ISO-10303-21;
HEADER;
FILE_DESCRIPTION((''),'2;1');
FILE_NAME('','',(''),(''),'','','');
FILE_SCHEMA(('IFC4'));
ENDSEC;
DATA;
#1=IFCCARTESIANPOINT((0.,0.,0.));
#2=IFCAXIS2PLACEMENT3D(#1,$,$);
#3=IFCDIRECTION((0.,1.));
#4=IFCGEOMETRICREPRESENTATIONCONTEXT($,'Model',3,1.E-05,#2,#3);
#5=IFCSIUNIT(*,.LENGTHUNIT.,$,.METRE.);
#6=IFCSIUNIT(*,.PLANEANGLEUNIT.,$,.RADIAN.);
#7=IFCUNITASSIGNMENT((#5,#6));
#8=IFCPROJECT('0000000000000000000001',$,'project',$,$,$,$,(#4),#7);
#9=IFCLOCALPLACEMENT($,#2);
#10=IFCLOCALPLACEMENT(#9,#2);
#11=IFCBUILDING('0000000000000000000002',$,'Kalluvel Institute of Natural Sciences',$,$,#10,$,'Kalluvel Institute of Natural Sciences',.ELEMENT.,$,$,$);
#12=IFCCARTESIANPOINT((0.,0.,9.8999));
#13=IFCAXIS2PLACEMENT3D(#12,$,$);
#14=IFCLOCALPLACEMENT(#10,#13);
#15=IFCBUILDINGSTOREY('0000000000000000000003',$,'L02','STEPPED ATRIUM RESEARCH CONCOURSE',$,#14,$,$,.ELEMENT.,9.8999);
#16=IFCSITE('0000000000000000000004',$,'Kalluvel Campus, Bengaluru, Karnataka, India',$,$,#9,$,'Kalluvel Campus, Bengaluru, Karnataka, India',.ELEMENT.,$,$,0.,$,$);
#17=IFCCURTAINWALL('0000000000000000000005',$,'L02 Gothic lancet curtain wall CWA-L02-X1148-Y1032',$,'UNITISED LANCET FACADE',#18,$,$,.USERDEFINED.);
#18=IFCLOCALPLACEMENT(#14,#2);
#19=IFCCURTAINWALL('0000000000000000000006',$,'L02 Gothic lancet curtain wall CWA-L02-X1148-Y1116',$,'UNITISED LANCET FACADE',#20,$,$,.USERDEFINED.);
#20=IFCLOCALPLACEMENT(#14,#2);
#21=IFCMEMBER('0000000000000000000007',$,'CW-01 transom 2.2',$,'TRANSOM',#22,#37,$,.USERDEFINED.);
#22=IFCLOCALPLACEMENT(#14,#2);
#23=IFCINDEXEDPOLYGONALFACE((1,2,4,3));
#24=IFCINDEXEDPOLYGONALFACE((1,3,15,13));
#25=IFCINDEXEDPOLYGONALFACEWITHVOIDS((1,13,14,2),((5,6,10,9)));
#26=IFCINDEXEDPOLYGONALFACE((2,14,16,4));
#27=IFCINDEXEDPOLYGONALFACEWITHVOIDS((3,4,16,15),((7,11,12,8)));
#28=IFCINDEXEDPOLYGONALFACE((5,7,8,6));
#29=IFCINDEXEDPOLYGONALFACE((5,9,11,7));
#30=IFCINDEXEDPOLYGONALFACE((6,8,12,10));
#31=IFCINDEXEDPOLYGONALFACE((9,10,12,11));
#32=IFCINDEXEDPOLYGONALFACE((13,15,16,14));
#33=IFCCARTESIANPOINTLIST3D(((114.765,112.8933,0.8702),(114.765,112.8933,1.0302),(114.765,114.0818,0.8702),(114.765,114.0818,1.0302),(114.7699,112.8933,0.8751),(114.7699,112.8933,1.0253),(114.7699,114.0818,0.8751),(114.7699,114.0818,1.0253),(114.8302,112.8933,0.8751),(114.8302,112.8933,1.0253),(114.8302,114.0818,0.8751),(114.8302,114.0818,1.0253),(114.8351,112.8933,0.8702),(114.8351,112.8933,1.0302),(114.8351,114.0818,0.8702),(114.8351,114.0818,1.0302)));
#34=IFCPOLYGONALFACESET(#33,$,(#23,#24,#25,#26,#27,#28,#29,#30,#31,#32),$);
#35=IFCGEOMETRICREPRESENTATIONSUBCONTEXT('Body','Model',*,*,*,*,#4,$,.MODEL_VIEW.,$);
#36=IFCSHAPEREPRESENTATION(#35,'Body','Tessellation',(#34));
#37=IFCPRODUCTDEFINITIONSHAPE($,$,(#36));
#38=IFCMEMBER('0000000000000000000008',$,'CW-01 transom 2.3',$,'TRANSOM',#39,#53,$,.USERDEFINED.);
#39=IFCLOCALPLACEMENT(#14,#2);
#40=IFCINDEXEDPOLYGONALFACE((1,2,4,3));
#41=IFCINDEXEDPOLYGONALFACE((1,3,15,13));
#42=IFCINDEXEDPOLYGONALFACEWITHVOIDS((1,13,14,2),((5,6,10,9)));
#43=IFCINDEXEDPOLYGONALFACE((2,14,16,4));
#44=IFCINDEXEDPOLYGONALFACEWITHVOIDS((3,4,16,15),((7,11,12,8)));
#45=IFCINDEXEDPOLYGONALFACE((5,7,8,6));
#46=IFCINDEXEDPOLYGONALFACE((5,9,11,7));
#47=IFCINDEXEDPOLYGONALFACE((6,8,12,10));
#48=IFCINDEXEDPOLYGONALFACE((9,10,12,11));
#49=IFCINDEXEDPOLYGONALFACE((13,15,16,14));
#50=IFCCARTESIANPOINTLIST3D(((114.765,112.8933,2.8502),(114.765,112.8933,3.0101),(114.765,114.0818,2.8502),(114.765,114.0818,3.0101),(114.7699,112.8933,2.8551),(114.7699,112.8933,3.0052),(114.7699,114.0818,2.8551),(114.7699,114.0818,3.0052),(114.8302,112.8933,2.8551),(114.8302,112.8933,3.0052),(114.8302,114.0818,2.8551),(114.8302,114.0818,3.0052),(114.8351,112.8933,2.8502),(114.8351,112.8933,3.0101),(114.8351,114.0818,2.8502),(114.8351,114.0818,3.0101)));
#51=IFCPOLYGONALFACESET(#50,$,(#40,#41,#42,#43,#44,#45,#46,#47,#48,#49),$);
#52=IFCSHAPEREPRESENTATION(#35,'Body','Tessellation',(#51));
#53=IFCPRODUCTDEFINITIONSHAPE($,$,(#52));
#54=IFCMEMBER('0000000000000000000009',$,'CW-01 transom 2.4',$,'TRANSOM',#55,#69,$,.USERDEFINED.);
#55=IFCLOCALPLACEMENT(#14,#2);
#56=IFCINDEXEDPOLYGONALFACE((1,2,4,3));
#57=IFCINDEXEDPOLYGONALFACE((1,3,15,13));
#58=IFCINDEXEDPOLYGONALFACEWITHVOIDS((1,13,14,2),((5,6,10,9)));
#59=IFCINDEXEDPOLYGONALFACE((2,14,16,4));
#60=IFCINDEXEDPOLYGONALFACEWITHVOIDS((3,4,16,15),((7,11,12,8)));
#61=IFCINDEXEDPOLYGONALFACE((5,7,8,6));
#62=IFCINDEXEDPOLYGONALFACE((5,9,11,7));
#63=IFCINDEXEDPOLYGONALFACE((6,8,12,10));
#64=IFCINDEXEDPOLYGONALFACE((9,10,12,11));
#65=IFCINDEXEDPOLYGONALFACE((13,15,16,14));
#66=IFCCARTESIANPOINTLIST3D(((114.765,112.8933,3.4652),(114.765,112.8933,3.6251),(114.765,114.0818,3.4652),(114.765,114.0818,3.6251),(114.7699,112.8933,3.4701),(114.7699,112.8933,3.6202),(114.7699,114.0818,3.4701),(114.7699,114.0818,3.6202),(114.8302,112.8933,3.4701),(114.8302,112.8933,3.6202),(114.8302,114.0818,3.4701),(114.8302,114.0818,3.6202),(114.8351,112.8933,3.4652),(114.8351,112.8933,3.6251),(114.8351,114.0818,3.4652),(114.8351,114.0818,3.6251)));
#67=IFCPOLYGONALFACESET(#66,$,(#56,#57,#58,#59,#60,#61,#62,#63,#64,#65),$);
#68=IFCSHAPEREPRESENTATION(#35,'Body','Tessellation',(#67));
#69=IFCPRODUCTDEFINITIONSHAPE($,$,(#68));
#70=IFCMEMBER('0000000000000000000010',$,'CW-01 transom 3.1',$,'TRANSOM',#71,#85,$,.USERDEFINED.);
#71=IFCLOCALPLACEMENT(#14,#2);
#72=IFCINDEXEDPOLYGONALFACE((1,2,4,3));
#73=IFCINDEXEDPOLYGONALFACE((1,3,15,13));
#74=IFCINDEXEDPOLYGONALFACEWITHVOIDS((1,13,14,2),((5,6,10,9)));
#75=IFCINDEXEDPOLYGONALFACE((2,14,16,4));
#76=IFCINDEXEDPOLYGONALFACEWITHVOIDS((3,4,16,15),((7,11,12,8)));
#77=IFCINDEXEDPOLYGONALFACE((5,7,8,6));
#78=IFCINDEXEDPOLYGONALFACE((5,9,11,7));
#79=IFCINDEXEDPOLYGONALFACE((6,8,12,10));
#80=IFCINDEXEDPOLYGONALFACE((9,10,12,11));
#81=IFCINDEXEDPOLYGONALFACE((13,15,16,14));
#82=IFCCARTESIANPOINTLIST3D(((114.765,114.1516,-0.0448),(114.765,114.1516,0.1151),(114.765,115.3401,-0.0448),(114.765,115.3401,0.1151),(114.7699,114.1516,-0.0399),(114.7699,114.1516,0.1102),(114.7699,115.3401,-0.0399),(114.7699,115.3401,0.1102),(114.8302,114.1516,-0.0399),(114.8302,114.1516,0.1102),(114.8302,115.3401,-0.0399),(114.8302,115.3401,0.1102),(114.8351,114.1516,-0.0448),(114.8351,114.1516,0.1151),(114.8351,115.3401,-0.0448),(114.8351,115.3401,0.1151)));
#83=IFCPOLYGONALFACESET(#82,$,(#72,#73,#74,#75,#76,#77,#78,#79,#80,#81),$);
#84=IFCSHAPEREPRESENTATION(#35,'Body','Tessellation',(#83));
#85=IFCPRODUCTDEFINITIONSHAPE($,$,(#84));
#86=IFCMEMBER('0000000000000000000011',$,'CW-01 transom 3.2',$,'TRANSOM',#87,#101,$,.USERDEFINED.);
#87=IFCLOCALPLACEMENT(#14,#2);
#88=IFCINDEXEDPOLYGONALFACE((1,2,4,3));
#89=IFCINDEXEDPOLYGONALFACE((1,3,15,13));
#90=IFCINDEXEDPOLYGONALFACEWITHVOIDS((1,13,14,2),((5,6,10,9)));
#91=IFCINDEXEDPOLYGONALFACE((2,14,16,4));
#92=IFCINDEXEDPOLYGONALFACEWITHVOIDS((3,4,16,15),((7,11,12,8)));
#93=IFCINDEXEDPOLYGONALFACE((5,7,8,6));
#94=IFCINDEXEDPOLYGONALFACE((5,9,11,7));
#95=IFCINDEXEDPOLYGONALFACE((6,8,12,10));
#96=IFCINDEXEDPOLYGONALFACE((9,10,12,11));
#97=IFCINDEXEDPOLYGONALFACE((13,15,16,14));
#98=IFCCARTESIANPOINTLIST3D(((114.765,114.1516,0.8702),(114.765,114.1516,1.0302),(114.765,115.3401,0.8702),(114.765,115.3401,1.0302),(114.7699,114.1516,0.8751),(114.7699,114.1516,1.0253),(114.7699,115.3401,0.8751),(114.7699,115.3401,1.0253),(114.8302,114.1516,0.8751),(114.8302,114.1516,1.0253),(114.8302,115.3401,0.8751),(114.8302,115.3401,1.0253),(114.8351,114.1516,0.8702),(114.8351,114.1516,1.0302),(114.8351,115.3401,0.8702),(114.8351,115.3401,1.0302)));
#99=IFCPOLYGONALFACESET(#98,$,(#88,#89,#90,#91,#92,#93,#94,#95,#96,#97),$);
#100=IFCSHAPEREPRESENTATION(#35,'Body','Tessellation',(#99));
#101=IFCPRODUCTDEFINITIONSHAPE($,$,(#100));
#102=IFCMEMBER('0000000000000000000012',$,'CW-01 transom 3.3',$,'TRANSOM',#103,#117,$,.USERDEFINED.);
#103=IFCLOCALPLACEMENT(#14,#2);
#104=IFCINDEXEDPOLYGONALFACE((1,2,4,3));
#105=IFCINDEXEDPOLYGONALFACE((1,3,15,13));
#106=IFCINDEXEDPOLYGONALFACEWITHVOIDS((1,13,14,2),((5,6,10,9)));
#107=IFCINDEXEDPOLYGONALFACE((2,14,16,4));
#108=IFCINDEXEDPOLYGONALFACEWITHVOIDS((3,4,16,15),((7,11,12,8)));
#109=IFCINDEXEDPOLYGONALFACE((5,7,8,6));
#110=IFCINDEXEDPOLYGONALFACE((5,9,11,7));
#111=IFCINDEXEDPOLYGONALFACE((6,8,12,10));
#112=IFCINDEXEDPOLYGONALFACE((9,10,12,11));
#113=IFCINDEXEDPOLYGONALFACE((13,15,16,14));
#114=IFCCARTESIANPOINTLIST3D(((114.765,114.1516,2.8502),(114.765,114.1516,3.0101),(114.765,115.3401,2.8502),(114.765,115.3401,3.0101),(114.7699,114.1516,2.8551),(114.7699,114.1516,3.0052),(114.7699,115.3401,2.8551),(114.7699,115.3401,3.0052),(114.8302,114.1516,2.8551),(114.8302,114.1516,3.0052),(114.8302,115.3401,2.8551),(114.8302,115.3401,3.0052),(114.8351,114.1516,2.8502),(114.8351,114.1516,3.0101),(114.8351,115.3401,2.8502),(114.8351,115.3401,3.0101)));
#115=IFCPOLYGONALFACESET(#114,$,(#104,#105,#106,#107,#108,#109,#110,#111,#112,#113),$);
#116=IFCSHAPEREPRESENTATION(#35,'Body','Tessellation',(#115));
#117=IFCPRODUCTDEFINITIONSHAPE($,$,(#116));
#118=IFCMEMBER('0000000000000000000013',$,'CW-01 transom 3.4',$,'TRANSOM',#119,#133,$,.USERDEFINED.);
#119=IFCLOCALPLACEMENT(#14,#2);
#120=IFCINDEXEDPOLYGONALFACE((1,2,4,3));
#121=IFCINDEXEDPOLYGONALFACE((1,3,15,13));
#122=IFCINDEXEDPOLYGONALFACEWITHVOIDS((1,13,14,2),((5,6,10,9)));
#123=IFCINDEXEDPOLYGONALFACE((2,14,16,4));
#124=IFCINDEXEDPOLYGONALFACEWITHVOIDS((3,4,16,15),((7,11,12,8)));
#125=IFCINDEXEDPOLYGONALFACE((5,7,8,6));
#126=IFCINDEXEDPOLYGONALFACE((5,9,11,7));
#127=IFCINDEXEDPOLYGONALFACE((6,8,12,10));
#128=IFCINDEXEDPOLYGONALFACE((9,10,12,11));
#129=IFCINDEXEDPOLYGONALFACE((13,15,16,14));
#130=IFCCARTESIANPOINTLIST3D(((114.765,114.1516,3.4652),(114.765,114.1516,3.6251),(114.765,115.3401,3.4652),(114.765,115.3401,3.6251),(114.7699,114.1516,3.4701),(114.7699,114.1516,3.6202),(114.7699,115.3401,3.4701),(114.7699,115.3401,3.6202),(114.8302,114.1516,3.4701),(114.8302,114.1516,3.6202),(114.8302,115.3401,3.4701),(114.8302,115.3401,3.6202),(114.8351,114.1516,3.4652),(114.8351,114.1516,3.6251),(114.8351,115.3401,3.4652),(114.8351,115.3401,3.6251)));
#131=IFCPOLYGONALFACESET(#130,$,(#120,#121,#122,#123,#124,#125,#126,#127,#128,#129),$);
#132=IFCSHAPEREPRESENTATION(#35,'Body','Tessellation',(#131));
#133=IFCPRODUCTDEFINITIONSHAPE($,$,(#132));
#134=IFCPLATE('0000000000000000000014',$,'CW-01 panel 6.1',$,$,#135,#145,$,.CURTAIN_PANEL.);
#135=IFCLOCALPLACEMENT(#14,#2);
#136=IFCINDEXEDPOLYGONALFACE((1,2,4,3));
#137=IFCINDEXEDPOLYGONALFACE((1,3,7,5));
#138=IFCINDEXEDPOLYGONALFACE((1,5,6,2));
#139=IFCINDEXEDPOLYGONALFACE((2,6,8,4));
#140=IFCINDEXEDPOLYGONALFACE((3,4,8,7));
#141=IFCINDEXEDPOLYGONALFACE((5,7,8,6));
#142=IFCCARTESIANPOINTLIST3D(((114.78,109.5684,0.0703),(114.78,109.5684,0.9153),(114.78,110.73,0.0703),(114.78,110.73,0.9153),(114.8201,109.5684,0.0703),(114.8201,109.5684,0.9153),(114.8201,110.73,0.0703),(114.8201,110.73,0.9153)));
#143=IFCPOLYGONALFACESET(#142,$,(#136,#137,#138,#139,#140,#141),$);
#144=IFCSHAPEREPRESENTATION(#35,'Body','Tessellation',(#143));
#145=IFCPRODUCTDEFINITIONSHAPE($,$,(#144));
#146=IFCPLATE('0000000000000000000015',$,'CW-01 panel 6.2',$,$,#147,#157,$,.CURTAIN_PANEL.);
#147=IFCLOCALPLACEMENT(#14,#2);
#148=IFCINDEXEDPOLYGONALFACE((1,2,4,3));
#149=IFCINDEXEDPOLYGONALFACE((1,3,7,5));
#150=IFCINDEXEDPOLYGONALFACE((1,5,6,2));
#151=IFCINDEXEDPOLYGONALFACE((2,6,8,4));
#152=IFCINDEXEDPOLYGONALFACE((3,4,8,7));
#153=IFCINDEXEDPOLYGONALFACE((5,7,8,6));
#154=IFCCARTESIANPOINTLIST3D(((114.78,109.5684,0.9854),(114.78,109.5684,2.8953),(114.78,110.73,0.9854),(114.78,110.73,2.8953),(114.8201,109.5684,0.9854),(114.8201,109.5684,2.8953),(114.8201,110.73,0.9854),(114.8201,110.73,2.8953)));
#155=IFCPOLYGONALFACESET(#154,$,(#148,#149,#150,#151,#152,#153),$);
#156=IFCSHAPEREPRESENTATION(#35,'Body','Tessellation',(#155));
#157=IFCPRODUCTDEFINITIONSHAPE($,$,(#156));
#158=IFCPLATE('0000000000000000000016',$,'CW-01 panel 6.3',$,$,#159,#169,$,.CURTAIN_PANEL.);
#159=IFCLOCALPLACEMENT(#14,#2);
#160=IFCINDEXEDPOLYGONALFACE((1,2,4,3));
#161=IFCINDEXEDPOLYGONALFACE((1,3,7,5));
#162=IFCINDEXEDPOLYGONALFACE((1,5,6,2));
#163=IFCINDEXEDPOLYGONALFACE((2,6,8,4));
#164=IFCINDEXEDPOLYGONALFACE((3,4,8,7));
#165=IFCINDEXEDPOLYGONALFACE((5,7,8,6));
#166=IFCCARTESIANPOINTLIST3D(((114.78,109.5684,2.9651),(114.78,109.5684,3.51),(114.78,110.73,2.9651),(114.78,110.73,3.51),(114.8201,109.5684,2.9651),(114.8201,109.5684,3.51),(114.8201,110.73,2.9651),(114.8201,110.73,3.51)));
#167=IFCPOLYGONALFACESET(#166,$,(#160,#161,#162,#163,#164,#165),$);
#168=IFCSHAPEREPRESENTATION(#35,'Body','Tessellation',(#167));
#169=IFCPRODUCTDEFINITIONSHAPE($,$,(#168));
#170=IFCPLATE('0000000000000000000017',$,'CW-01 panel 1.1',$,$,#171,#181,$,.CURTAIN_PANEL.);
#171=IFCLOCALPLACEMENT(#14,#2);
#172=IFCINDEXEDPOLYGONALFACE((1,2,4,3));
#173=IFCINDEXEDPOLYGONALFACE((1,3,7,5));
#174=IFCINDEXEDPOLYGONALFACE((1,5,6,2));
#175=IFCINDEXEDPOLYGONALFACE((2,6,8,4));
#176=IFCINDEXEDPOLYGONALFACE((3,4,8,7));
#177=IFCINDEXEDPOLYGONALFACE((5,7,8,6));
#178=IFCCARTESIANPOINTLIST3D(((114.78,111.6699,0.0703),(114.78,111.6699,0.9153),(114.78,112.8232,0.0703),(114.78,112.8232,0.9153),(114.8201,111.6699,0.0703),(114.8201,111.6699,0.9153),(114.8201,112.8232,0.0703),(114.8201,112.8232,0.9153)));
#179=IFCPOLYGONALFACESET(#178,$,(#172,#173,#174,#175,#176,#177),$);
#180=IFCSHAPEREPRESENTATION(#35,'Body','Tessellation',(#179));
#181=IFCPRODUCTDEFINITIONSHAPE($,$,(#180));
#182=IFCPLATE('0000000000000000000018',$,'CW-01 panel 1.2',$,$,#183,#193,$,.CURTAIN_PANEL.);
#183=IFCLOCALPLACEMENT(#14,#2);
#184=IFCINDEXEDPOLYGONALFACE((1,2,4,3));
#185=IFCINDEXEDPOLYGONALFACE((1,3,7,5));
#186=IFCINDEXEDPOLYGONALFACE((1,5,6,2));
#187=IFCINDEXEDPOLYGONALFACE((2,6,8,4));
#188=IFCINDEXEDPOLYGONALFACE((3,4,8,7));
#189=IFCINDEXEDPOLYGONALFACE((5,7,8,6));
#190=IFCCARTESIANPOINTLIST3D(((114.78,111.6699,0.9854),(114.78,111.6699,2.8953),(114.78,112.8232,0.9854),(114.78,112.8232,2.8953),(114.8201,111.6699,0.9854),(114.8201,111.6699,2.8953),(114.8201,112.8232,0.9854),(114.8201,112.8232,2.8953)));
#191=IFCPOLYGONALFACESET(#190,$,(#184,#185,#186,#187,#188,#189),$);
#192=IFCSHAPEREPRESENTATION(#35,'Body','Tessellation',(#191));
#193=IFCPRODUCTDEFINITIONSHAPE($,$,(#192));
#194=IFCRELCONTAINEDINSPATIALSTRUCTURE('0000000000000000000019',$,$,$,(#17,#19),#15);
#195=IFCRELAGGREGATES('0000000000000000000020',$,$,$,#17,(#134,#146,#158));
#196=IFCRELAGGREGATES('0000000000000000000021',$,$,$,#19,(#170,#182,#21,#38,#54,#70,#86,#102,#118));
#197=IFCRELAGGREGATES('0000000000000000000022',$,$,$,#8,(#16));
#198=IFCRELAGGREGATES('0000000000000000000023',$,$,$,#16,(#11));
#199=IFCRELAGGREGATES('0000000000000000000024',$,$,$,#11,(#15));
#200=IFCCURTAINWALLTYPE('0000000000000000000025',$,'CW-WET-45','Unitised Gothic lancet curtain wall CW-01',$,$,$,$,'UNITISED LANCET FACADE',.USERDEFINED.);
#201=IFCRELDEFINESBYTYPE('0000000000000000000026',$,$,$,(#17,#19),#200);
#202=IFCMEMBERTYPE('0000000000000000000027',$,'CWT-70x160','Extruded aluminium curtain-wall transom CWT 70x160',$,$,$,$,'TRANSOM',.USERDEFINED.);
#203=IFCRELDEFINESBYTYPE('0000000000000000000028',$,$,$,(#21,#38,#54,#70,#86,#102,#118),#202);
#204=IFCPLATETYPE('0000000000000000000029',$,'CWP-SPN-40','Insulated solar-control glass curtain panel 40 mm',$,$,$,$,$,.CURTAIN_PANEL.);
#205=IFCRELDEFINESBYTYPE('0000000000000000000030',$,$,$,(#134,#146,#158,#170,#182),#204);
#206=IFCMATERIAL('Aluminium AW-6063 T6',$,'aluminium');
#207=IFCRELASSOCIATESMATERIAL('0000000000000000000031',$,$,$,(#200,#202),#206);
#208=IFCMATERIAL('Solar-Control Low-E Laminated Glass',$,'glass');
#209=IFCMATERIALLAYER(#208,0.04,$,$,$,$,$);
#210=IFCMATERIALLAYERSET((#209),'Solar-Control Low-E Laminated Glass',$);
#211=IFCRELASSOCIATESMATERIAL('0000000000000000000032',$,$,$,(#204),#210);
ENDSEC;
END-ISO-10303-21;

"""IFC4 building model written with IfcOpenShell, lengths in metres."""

from ifc_helpers import new_model, si_unit, direction, frame, origin, origin_2d, place, context, subcontext, project, spatial, rectangle, hollow_rectangle, extrude, material, layer, layer_set, material_profile, profile_set, type_object, element, aggregate, save


model = new_model("IFC4")

# Units and contexts
model_context = context("Model", 3, precision=1e-05, world=origin(), true_north=direction((0.0, 1.0)))
body_context = subcontext(model_context, "Body", "Model", "MODEL_VIEW")
ifc_project = project(units=[si_unit("LENGTHUNIT", "METRE"), si_unit("PLANEANGLEUNIT", "RADIAN")], contexts=[model_context])

# Site, building, storey
site_placement = place(None, origin())
site = spatial("IfcSite", under=ifc_project, at=site_placement, Name="Kalluvel Campus, Bengaluru, Karnataka, India", LongName="Kalluvel Campus, Bengaluru, Karnataka, India", CompositionType="ELEMENT", RefElevation=0.0)
building_placement = place(site_placement, origin())
building = spatial("IfcBuilding", under=site, at=building_placement, Name="Kalluvel Institute of Natural Sciences", LongName="Kalluvel Institute of Natural Sciences", CompositionType="ELEMENT")
storey_placement = place(building_placement, frame((0.0, 0.0, 9.8999)))
storey = spatial("IfcBuildingStorey", under=building, at=storey_placement, Name="L02", Description="STEPPED ATRIUM RESEARCH CONCOURSE", CompositionType="ELEMENT", Elevation=9.8999)

# Curtain wall
ifc_material_1 = material(Name="Aluminium AW-6063 T6", Category="aluminium")
curtain_wall_type = type_object("IfcCurtainWallType", Name="CW-WET-45", Description="Unitised Gothic lancet curtain wall CW-01", ElementType="UNITISED LANCET FACADE", PredefinedType="USERDEFINED", material=ifc_material_1)
curtain_wall_1_placement = place(storey_placement, origin())
curtain_wall_1 = element("IfcCurtainWall", 1, at=curtain_wall_1_placement, inside=storey, type_object=curtain_wall_type, Name="L02 Gothic lancet curtain wall CWA-L02-X1148-Y1032", ObjectType="UNITISED LANCET FACADE", PredefinedType="USERDEFINED")

# Curtain wall, members
curtain_wall_2_placement = place(storey_placement, origin())
curtain_wall_2 = element("IfcCurtainWall", 2, at=curtain_wall_2_placement, inside=storey, type_object=curtain_wall_type, Name="L02 Gothic lancet curtain wall CWA-L02-X1148-Y1116", ObjectType="UNITISED LANCET FACADE", PredefinedType="USERDEFINED")
ifc_material_profile_1 = material_profile(ifc_material_1, hollow_rectangle(XDim=0.0701, YDim=0.1599, WallThickness=0.0049, at=origin_2d()), Name="CWT 70x160")
ifc_profile_set_1 = profile_set([ifc_material_profile_1], Name="Aluminium AW-6063 T6")
member_type_1 = type_object("IfcMemberType", Name="CWT-70x160", Description="Extruded aluminium curtain-wall transom CWT 70x160", ElementType="TRANSOM", PredefinedType="USERDEFINED", material=ifc_profile_set_1)
member_1_placement = place(storey_placement, frame((114.8, 112.8933, 0.9502), z_axis=(0.0, 1.0, 0.0), x_axis=(-1.0, 0.0, 0.0)))
member_1 = element("IfcMember", 3, at=member_1_placement, type_object=member_type_1, Name="CW-01 transom 2.2", ObjectType="TRANSOM", PredefinedType="USERDEFINED", context=body_context, shape_type="SweptSolid", body=[
    extrude(hollow_rectangle(XDim=0.0701, YDim=0.1599, WallThickness=0.0049, at=origin_2d()), origin(), (0.0, 0.0, 1.0), 1.1885),
])
member_2_placement = place(storey_placement, frame((114.8, 112.8933, 2.9302), z_axis=(0.0, 1.0, 0.0), x_axis=(-1.0, 0.0, 0.0)))
member_2 = element("IfcMember", 4, at=member_2_placement, type_object=member_type_1, Name="CW-01 transom 2.3", ObjectType="TRANSOM", PredefinedType="USERDEFINED", context=body_context, shape_type="SweptSolid", body=[
    extrude(hollow_rectangle(XDim=0.0701, YDim=0.1599, WallThickness=0.0049, at=origin_2d()), origin(), (0.0, 0.0, 1.0), 1.1885),
])
member_3_placement = place(storey_placement, frame((114.8, 112.8933, 3.5452), z_axis=(0.0, 1.0, 0.0), x_axis=(-1.0, 0.0, 0.0)))
member_3 = element("IfcMember", 5, at=member_3_placement, type_object=member_type_1, Name="CW-01 transom 2.4", ObjectType="TRANSOM", PredefinedType="USERDEFINED", context=body_context, shape_type="SweptSolid", body=[
    extrude(hollow_rectangle(XDim=0.0701, YDim=0.1599, WallThickness=0.0049, at=origin_2d()), origin(), (0.0, 0.0, 1.0), 1.1885),
])
member_4_placement = place(storey_placement, frame((114.8, 114.1516, 0.0352), z_axis=(0.0, 1.0, 0.0), x_axis=(-1.0, 0.0, 0.0)))
member_4 = element("IfcMember", 6, at=member_4_placement, type_object=member_type_1, Name="CW-01 transom 3.1", ObjectType="TRANSOM", PredefinedType="USERDEFINED", context=body_context, shape_type="SweptSolid", body=[
    extrude(hollow_rectangle(XDim=0.0701, YDim=0.1599, WallThickness=0.0049, at=origin_2d()), origin(), (0.0, 0.0, 1.0), 1.1885),
])
member_5_placement = place(storey_placement, frame((114.8, 114.1516, 0.9502), z_axis=(0.0, 1.0, 0.0), x_axis=(-1.0, 0.0, 0.0)))
member_5 = element("IfcMember", 7, at=member_5_placement, type_object=member_type_1, Name="CW-01 transom 3.2", ObjectType="TRANSOM", PredefinedType="USERDEFINED", context=body_context, shape_type="SweptSolid", body=[
    extrude(hollow_rectangle(XDim=0.0701, YDim=0.1599, WallThickness=0.0049, at=origin_2d()), origin(), (0.0, 0.0, 1.0), 1.1885),
])
member_6_placement = place(storey_placement, frame((114.8, 114.1516, 2.9302), z_axis=(0.0, 1.0, 0.0), x_axis=(-1.0, 0.0, 0.0)))
member_6 = element("IfcMember", 8, at=member_6_placement, type_object=member_type_1, Name="CW-01 transom 3.3", ObjectType="TRANSOM", PredefinedType="USERDEFINED", context=body_context, shape_type="SweptSolid", body=[
    extrude(hollow_rectangle(XDim=0.0701, YDim=0.1599, WallThickness=0.0049, at=origin_2d()), origin(), (0.0, 0.0, 1.0), 1.1885),
])
member_7_placement = place(storey_placement, frame((114.8, 114.1516, 3.5452), z_axis=(0.0, 1.0, 0.0), x_axis=(-1.0, 0.0, 0.0)))
member_7 = element("IfcMember", 9, at=member_7_placement, type_object=member_type_1, Name="CW-01 transom 3.4", ObjectType="TRANSOM", PredefinedType="USERDEFINED", context=body_context, shape_type="SweptSolid", body=[
    extrude(hollow_rectangle(XDim=0.0701, YDim=0.1599, WallThickness=0.0049, at=origin_2d()), origin(), (0.0, 0.0, 1.0), 1.1885),
])

# Plates
ifc_material_2 = material(Name="Solar-Control Low-E Laminated Glass", Category="glass")
ifc_layer_1 = layer(ifc_material_2, 0.04)
ifc_layer_set_1 = layer_set([ifc_layer_1], Name="Solar-Control Low-E Laminated Glass")
plate_type = type_object("IfcPlateType", Name="CWP-SPN-40", Description="Insulated solar-control glass curtain panel 40 mm", PredefinedType="CURTAIN_PANEL", material=ifc_layer_set_1)
plate_1_placement = place(storey_placement, frame((114.8, 110.1492, 0.0703), z_axis=(0.0, 0.0, 1.0), x_axis=(0.0, 1.0, 0.0)))
plate_1 = element("IfcPlate", 10, at=plate_1_placement, type_object=plate_type, Name="CW-01 panel 6.1", PredefinedType="CURTAIN_PANEL", context=body_context, shape_type="SweptSolid", body=[
    extrude(rectangle(XDim=1.1616, YDim=0.04, at=origin_2d()), origin(), (0.0, 0.0, 1.0), 0.845),
])
plate_2_placement = place(storey_placement, frame((114.8, 110.1492, 0.9854), z_axis=(0.0, 0.0, 1.0), x_axis=(0.0, 1.0, 0.0)))
plate_2 = element("IfcPlate", 11, at=plate_2_placement, type_object=plate_type, Name="CW-01 panel 6.2", PredefinedType="CURTAIN_PANEL", context=body_context, shape_type="SweptSolid", body=[
    extrude(rectangle(XDim=1.1616, YDim=0.04, at=origin_2d()), origin(), (0.0, 0.0, 1.0), 1.9099),
])
plate_3_placement = place(storey_placement, frame((114.8, 110.1492, 2.9651), z_axis=(0.0, 0.0, 1.0), x_axis=(0.0, 1.0, 0.0)))
plate_3 = element("IfcPlate", 12, at=plate_3_placement, type_object=plate_type, Name="CW-01 panel 6.3", PredefinedType="CURTAIN_PANEL", context=body_context, shape_type="SweptSolid", body=[
    extrude(rectangle(XDim=1.1616, YDim=0.04, at=origin_2d()), origin(), (0.0, 0.0, 1.0), 0.5449),
])
aggregate(curtain_wall_1, [plate_1, plate_2, plate_3])
plate_4_placement = place(storey_placement, frame((114.8, 112.2466, 0.0703), z_axis=(0.0, 0.0, 1.0), x_axis=(0.0, 1.0, 0.0)))
plate_4 = element("IfcPlate", 13, at=plate_4_placement, type_object=plate_type, Name="CW-01 panel 1.1", PredefinedType="CURTAIN_PANEL", context=body_context, shape_type="SweptSolid", body=[
    extrude(rectangle(XDim=1.1533, YDim=0.04, at=origin_2d()), origin(), (0.0, 0.0, 1.0), 0.845),
])
plate_5_placement = place(storey_placement, frame((114.8, 112.2466, 0.9854), z_axis=(0.0, 0.0, 1.0), x_axis=(0.0, 1.0, 0.0)))
plate_5 = element("IfcPlate", 14, at=plate_5_placement, type_object=plate_type, Name="CW-01 panel 1.2", PredefinedType="CURTAIN_PANEL", context=body_context, shape_type="SweptSolid", body=[
    extrude(rectangle(XDim=1.1533, YDim=0.04, at=origin_2d()), origin(), (0.0, 0.0, 1.0), 1.9099),
])
aggregate(curtain_wall_2, [plate_4, plate_5, member_1, member_2, member_3, member_4, member_5, member_6, member_7])

save(model, "model.ifc")
